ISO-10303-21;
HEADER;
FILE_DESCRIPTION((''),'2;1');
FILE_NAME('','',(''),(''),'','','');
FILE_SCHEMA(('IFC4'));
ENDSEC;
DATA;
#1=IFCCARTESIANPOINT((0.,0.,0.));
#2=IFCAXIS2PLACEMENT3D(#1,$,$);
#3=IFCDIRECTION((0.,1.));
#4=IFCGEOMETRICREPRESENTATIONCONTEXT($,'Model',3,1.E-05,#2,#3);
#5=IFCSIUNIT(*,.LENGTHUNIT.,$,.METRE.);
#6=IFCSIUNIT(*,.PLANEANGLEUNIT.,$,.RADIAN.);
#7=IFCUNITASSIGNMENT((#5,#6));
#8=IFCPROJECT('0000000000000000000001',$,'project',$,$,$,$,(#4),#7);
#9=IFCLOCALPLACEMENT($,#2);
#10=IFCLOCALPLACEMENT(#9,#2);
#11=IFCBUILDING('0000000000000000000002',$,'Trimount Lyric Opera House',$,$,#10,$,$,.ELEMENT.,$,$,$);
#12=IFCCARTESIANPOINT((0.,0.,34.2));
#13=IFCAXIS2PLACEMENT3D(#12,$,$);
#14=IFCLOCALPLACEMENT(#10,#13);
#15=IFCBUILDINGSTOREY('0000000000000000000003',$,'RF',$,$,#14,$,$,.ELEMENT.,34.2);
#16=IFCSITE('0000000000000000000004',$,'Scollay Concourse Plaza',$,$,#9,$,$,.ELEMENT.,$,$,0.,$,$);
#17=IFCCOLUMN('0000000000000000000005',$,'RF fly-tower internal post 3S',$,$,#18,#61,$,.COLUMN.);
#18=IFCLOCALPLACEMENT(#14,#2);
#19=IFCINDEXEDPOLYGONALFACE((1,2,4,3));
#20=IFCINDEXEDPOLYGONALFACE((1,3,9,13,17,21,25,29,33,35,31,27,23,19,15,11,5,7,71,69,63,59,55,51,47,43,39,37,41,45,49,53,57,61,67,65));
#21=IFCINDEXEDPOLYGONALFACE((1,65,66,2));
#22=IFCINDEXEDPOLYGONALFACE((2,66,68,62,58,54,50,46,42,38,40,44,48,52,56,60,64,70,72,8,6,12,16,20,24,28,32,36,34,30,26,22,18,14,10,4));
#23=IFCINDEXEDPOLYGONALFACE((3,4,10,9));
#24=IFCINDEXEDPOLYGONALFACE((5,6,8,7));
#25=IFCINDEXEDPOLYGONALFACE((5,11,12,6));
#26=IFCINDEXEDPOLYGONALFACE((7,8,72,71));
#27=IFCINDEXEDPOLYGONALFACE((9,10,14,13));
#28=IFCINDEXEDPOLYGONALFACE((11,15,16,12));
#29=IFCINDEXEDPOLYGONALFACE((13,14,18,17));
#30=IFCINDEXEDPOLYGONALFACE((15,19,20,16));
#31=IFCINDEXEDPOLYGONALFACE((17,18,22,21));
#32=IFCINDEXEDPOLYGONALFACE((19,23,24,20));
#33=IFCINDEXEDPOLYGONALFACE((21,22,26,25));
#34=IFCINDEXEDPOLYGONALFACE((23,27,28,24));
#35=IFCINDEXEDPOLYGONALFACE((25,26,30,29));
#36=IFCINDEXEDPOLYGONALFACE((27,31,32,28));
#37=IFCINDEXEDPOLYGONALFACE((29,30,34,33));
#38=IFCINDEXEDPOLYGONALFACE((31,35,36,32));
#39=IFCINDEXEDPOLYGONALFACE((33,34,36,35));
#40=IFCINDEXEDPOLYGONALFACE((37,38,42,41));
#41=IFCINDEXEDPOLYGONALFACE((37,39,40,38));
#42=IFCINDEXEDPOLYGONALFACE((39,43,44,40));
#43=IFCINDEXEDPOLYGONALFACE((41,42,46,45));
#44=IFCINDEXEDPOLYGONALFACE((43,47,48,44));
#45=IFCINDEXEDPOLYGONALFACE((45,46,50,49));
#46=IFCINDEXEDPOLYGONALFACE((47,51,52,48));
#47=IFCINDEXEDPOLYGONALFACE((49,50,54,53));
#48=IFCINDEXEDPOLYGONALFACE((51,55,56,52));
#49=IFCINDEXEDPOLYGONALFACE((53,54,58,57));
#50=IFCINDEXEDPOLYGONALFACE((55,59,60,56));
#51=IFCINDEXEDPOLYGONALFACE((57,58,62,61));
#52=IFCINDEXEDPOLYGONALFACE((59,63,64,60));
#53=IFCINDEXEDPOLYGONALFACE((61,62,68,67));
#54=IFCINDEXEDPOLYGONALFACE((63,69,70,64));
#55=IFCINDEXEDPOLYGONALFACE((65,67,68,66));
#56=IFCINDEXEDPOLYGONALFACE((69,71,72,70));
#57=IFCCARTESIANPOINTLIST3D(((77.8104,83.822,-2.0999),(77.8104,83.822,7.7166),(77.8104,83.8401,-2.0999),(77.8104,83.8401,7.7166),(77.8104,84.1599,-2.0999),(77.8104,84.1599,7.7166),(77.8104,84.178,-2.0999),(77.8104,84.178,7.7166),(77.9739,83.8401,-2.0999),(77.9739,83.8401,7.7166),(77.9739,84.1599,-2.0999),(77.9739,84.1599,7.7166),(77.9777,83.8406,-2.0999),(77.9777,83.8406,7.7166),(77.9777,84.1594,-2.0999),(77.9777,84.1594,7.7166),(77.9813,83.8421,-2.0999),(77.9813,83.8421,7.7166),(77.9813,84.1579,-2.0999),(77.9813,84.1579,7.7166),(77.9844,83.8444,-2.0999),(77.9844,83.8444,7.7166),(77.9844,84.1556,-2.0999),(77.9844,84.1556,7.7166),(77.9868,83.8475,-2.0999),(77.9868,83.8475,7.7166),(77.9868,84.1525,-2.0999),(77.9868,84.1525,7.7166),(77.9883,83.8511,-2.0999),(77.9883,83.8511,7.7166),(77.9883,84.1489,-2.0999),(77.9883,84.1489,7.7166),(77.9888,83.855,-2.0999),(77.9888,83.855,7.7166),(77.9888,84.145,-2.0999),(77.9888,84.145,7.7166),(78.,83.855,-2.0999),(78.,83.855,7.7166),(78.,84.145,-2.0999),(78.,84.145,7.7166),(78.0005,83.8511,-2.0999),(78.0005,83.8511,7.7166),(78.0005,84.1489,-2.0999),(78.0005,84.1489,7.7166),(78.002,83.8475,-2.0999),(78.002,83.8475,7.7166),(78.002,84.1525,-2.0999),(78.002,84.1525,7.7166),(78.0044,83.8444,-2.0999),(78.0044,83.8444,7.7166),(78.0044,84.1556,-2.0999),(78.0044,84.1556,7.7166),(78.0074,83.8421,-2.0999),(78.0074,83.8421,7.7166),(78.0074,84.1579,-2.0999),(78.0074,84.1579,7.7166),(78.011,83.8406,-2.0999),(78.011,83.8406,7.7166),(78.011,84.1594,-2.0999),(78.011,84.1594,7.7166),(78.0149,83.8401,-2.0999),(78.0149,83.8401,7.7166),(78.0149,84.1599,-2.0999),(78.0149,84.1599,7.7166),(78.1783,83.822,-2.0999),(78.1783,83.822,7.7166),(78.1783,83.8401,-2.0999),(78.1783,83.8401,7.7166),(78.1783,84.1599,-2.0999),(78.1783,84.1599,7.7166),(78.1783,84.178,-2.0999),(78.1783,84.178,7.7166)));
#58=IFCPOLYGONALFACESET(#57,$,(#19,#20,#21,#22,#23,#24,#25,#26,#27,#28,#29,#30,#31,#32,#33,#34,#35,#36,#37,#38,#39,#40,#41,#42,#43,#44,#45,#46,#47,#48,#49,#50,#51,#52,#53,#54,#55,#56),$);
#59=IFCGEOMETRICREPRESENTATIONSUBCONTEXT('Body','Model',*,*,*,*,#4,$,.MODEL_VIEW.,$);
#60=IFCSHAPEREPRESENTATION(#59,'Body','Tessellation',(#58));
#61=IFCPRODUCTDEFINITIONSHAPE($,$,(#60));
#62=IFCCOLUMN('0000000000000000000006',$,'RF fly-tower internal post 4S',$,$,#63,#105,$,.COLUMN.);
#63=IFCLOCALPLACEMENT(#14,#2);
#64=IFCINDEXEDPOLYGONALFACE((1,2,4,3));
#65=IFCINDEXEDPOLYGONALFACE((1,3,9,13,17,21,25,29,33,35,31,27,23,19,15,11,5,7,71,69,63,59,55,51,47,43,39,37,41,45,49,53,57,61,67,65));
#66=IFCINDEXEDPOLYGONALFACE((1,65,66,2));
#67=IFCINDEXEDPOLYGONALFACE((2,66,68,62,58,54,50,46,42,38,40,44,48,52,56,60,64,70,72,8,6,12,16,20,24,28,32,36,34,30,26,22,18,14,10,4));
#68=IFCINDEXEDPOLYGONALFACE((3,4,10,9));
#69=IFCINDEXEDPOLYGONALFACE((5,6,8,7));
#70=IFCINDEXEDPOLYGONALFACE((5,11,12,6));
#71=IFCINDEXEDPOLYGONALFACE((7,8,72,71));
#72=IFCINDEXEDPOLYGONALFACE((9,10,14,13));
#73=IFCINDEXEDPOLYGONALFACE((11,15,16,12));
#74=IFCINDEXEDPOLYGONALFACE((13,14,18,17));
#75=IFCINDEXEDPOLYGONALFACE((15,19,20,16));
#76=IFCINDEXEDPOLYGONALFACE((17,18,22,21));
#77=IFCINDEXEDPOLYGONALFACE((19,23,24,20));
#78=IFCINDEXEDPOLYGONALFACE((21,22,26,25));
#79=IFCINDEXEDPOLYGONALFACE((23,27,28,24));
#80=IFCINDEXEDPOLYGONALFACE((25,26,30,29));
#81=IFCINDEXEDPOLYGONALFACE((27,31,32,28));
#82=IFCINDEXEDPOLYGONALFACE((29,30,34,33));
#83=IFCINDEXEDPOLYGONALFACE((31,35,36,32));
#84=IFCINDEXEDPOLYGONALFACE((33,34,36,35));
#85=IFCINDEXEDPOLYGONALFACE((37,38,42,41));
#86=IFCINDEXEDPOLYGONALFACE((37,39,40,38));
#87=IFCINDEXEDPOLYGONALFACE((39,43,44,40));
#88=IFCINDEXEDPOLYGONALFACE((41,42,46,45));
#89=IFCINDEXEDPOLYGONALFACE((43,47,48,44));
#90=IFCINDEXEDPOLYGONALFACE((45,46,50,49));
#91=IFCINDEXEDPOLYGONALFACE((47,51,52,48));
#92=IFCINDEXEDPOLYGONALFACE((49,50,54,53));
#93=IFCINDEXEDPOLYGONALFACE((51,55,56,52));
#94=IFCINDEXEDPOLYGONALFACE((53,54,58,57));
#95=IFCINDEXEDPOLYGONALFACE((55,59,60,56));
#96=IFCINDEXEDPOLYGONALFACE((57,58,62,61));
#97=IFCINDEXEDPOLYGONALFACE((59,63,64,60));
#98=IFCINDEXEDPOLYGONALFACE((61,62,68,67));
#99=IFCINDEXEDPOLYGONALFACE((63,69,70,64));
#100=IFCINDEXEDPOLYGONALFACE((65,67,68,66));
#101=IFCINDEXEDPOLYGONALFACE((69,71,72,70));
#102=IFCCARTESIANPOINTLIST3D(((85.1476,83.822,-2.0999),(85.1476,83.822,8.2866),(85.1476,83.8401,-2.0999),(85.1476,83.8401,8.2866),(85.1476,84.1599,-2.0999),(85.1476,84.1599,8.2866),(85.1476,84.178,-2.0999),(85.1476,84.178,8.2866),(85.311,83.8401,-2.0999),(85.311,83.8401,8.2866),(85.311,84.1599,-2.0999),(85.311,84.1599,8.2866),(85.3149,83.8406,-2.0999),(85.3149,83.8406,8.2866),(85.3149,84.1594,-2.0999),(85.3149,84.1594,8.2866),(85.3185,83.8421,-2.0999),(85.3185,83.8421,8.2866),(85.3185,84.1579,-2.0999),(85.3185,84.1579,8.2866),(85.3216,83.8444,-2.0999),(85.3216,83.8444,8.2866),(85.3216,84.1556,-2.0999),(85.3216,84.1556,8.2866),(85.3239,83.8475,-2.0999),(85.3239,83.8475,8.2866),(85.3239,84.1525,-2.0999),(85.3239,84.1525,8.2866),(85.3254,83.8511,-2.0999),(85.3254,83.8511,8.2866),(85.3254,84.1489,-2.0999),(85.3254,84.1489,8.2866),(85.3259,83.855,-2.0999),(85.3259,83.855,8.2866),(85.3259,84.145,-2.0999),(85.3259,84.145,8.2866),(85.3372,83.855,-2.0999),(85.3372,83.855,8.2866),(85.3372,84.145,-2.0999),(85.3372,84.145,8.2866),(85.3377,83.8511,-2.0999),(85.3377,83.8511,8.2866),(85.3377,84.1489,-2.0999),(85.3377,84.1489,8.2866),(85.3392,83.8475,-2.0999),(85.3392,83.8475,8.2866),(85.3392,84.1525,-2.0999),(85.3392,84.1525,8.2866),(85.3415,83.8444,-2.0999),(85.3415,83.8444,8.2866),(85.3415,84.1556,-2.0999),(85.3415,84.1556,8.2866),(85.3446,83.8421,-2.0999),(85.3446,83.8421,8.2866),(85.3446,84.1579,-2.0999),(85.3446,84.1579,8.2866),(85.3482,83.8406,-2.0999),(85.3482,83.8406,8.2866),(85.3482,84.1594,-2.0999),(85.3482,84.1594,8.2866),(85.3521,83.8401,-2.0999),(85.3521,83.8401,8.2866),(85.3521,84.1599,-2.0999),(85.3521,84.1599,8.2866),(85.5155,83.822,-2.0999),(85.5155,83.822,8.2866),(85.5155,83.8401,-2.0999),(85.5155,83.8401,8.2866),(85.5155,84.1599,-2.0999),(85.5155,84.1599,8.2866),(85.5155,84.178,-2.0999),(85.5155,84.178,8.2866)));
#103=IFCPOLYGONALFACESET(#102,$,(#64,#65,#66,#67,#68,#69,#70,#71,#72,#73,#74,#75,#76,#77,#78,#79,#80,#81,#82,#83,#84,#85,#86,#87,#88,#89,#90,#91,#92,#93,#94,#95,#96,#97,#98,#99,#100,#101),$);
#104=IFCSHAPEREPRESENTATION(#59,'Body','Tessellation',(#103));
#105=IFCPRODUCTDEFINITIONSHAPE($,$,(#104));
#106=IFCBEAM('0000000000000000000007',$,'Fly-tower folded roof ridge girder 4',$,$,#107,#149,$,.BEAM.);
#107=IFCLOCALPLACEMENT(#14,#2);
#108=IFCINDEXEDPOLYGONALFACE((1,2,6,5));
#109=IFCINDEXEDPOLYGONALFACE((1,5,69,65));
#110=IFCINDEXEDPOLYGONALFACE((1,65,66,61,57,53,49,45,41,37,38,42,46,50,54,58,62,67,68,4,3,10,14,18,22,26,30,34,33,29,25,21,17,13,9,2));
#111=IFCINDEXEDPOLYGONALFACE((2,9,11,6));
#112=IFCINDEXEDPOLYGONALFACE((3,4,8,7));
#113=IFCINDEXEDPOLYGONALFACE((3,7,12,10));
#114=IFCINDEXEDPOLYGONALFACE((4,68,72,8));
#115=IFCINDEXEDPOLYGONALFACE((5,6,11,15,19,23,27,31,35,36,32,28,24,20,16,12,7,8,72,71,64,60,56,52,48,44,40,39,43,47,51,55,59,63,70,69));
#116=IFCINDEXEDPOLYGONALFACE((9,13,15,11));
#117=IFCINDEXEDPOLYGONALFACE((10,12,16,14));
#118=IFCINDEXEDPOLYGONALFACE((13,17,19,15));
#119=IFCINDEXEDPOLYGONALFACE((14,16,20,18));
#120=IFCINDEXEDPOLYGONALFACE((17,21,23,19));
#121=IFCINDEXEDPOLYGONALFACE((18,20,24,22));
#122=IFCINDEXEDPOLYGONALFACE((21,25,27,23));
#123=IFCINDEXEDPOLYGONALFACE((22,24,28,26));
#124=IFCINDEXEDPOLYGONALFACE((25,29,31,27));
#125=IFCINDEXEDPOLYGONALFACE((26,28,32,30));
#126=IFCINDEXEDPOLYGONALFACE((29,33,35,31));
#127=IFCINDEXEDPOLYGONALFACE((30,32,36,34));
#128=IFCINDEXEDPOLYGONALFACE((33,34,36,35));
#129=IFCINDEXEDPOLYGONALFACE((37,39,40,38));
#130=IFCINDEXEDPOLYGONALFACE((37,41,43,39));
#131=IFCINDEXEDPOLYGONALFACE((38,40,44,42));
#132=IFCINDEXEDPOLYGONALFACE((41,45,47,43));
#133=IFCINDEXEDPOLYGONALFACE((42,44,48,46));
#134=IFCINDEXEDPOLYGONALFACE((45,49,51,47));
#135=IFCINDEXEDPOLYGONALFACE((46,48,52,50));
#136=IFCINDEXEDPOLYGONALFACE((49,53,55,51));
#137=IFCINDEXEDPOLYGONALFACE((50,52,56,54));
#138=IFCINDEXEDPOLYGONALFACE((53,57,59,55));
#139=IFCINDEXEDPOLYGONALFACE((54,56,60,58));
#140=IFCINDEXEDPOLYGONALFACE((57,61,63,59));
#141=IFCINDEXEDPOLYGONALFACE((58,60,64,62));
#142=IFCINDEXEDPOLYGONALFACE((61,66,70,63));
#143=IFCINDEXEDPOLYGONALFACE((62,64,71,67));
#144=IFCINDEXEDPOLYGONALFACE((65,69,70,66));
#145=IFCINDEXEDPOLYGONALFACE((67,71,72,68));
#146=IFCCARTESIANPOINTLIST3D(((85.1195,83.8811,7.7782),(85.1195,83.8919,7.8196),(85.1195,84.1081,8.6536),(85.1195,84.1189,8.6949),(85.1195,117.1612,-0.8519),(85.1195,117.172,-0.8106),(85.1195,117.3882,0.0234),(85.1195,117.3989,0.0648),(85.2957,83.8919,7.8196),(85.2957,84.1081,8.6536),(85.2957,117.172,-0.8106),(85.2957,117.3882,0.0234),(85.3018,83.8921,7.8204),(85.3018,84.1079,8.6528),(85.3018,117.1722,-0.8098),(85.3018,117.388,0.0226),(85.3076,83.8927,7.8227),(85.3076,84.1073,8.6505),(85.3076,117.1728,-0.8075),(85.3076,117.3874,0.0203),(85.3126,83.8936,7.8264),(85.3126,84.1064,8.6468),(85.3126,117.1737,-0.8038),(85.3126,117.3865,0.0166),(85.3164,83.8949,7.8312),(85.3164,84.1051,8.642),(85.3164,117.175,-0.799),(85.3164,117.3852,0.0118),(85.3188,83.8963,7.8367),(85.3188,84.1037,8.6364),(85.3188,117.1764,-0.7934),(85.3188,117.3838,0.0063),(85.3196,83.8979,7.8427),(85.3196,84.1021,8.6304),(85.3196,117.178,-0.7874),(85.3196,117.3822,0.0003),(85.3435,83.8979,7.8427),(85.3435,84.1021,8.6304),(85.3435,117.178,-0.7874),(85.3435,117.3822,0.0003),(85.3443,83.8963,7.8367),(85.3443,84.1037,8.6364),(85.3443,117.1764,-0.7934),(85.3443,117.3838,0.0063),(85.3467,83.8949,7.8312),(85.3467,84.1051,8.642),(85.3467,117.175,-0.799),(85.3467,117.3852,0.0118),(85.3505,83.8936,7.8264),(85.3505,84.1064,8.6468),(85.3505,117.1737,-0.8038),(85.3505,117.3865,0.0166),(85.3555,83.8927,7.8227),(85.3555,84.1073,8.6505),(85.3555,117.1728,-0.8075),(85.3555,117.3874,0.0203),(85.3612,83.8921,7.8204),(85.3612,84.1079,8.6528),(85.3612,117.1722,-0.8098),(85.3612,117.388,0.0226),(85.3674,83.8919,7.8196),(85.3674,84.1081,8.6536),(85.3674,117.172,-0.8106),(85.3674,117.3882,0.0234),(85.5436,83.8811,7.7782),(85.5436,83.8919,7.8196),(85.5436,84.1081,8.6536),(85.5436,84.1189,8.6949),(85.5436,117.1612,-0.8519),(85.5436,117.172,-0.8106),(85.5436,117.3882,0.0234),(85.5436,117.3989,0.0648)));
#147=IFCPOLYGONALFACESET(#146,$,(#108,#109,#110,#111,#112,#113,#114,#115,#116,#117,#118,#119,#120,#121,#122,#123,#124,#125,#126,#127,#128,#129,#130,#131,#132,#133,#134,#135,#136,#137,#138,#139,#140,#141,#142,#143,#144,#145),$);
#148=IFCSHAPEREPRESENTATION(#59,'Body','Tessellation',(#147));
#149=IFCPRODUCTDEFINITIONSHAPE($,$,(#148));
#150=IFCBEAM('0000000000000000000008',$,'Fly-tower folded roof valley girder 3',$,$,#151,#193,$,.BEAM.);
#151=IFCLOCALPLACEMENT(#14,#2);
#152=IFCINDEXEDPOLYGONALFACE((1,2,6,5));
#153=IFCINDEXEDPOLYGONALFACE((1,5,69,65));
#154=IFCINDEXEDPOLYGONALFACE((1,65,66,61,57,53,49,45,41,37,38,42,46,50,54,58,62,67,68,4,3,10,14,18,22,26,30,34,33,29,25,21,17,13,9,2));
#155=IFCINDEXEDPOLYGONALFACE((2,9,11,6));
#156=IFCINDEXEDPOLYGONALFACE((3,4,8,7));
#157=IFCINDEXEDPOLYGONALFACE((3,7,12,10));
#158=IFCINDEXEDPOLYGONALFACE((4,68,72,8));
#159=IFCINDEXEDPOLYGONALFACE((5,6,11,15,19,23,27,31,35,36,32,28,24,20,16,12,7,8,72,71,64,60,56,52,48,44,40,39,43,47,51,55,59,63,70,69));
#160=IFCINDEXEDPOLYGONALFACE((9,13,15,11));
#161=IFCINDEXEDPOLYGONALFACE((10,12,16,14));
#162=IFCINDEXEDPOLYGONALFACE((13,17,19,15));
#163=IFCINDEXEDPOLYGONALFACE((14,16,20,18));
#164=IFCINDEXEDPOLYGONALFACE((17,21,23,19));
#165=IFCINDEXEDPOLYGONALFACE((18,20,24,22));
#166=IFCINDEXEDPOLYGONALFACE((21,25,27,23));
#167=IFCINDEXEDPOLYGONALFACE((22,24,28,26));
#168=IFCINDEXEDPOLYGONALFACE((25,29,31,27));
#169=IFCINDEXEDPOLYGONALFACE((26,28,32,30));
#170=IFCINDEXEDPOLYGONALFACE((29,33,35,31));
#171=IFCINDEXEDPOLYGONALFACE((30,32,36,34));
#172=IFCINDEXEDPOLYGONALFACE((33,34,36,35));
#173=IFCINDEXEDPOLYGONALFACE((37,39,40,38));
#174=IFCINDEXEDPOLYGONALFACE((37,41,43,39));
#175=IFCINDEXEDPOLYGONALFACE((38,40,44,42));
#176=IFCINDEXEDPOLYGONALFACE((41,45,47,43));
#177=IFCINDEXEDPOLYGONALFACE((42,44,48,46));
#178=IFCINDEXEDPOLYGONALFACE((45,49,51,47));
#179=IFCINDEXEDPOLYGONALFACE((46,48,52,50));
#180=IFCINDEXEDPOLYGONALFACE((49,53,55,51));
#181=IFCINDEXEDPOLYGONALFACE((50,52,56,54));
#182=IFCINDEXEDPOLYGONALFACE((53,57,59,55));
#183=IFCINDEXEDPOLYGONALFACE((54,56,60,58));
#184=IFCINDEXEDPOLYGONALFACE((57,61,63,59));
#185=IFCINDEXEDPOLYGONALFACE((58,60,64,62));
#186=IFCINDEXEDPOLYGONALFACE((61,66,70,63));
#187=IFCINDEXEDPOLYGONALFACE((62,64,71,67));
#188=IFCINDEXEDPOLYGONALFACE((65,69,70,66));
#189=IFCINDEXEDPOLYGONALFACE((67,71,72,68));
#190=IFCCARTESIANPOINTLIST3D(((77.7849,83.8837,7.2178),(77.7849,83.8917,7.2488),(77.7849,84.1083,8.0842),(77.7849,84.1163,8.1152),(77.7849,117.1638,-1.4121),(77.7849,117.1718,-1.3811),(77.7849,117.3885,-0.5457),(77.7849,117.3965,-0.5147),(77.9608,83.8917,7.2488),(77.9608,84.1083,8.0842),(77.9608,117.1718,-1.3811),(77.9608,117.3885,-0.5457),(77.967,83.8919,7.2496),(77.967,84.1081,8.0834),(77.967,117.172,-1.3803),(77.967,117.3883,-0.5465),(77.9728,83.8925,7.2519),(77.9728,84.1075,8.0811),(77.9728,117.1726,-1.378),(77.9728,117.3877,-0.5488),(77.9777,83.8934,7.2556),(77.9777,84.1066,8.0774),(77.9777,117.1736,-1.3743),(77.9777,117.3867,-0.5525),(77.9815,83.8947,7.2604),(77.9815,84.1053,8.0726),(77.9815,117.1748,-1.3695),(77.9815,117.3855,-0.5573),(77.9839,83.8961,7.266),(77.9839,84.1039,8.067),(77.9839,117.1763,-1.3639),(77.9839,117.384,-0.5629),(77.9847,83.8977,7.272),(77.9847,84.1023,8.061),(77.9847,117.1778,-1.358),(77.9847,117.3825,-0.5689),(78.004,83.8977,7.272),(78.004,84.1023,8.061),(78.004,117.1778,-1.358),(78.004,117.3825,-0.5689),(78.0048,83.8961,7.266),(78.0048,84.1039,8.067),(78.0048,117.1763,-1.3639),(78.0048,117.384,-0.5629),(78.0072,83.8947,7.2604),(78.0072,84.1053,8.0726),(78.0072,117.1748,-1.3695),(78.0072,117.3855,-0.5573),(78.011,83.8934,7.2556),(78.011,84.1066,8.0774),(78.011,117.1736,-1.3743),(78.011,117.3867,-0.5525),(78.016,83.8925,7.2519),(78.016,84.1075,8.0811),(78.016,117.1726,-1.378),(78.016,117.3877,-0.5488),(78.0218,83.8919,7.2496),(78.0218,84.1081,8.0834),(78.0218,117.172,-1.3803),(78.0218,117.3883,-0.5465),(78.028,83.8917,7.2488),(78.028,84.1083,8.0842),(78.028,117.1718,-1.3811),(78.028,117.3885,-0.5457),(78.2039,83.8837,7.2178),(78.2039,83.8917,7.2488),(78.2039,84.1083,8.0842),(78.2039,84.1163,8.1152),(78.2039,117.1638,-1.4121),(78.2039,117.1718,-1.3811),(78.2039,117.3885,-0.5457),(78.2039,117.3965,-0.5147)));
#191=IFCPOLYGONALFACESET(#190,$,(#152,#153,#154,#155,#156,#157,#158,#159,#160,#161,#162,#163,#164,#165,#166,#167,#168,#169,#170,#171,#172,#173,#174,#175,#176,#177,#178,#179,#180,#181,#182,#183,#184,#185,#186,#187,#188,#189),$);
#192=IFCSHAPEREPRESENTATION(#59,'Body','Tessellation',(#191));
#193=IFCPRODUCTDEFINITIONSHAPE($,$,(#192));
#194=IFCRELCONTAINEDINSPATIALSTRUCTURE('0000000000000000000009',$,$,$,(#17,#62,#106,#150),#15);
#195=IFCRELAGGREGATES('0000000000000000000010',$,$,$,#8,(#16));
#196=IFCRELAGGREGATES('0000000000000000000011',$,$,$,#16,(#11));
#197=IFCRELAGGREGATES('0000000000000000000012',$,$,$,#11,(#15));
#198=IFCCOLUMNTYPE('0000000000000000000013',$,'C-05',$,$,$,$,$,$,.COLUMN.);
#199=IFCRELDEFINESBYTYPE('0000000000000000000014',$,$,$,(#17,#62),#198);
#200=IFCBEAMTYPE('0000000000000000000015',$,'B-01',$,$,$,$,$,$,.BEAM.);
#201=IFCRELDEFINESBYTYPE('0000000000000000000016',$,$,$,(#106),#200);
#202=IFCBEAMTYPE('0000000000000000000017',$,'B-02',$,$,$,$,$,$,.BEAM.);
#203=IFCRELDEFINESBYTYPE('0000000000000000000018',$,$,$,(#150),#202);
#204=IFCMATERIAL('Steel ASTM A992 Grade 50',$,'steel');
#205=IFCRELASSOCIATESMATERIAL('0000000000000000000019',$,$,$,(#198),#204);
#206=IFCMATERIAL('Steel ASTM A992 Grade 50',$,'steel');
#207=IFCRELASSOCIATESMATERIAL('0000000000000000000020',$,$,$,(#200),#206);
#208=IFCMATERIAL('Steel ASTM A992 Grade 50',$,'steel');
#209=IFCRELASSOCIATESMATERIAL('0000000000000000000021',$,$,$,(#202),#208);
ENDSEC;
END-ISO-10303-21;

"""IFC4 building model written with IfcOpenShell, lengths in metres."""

from ifc_helpers import new_model, si_unit, direction, frame, origin, origin_2d, place, context, subcontext, project, spatial, i_section, extrude, material, material_profile, profile_set, type_object, element, save


model = new_model("IFC4")

# Units and contexts
model_context = context("Model", 3, precision=1e-05, world=origin(), true_north=direction((0.0, 1.0)))
body_context = subcontext(model_context, "Body", "Model", "MODEL_VIEW")
ifc_project = project(units=[si_unit("LENGTHUNIT", "METRE"), si_unit("PLANEANGLEUNIT", "RADIAN")], contexts=[model_context])

# Site, building, storey
site_placement = place(None, origin())
site = spatial("IfcSite", under=ifc_project, at=site_placement, Name="Scollay Concourse Plaza", CompositionType="ELEMENT", RefElevation=0.0)
building_placement = place(site_placement, origin())
building = spatial("IfcBuilding", under=site, at=building_placement, Name="Trimount Lyric Opera House", CompositionType="ELEMENT")
storey_placement = place(building_placement, frame((0.0, 0.0, 34.2)))
storey = spatial("IfcBuildingStorey", under=building, at=storey_placement, Name="RF", CompositionType="ELEMENT", Elevation=34.2)

# Columns
ifc_material_1 = material(Name="Steel ASTM A992 Grade 50", Category="steel")
ifc_material_profile_1 = material_profile(ifc_material_1, i_section(OverallWidth=0.3679, OverallDepth=0.356, WebThickness=0.0112, FlangeThickness=0.0181, FilletRadius=0.0149, at=origin_2d()), Name="W14X90")
ifc_profile_set_1 = profile_set([ifc_material_profile_1], Name="Steel ASTM A992 Grade 50")
column_type = type_object("IfcColumnType", Name="C-05", PredefinedType="COLUMN", material=ifc_profile_set_1)
column_1_placement = place(storey_placement, frame((77.9944, 84.0, -2.0999), z_axis=(0.0, 0.0, 1.0), x_axis=(1.0, 0.0, 0.0)))
element("IfcColumn", 1, at=column_1_placement, inside=storey, type_object=column_type, Name="RF fly-tower internal post 3S", PredefinedType="COLUMN", context=body_context, shape_type="SweptSolid", body=[
    extrude(i_section(OverallWidth=0.3679, OverallDepth=0.356, WebThickness=0.0112, FlangeThickness=0.0181, FilletRadius=0.0149, at=origin_2d()), origin(), (0.0, 0.0, 1.0), 9.8164),
])
column_2_placement = place(storey_placement, frame((85.3315, 84.0, -2.0999), z_axis=(0.0, 0.0, 1.0), x_axis=(1.0, 0.0, 0.0)))
element("IfcColumn", 2, at=column_2_placement, inside=storey, type_object=column_type, Name="RF fly-tower internal post 4S", PredefinedType="COLUMN", context=body_context, shape_type="SweptSolid", body=[
    extrude(i_section(OverallWidth=0.3679, OverallDepth=0.356, WebThickness=0.0112, FlangeThickness=0.0181, FilletRadius=0.0149, at=origin_2d()), origin(), (0.0, 0.0, 1.0), 10.3865),
])

# Beams
ifc_material_2 = material(Name="Steel ASTM A992 Grade 50", Category="steel")
ifc_material_profile_2 = material_profile(ifc_material_2, i_section(OverallWidth=0.4241, OverallDepth=0.947, WebThickness=0.0239, FlangeThickness=0.0427, FilletRadius=0.0239, at=origin_2d()), Name="W36X302")
ifc_profile_set_2 = profile_set([ifc_material_profile_2], Name="Steel ASTM A992 Grade 50")
beam_type_1 = type_object("IfcBeamType", Name="B-01", PredefinedType="BEAM", material=ifc_profile_set_2)
beam_1_placement = place(storey_placement, frame((85.3315, 84.0, 8.2366), z_axis=(0.0, 0.967983, -0.251016), x_axis=(-1.0, 0.0, 0.0)))
element("IfcBeam", 3, at=beam_1_placement, inside=storey, type_object=beam_type_1, Name="Fly-tower folded roof ridge girder 4", PredefinedType="BEAM", context=body_context, shape_type="SweptSolid", body=[
    extrude(i_section(OverallWidth=0.4241, OverallDepth=0.947, WebThickness=0.0239, FlangeThickness=0.0427, FilletRadius=0.0239, at=origin_2d()), origin(), (0.0, 0.0, 1.0), 34.3809),
])
ifc_material_3 = material(Name="Steel ASTM A992 Grade 50", Category="steel")
ifc_material_profile_3 = material_profile(ifc_material_3, i_section(OverallWidth=0.4189, OverallDepth=0.927, WebThickness=0.0193, FlangeThickness=0.032, FilletRadius=0.0239, at=origin_2d()), Name="W36X231")
ifc_profile_set_3 = profile_set([ifc_material_profile_3], Name="Steel ASTM A992 Grade 50")
beam_type_2 = type_object("IfcBeamType", Name="B-02", PredefinedType="BEAM", material=ifc_profile_set_3)
beam_2_placement = place(storey_placement, frame((77.9944, 84.0, 7.6665), z_axis=(0.0, 0.967985, -0.251009), x_axis=(-1.0, 0.0, 0.0)))
element("IfcBeam", 4, at=beam_2_placement, inside=storey, type_object=beam_type_2, Name="Fly-tower folded roof valley girder 3", PredefinedType="BEAM", context=body_context, shape_type="SweptSolid", body=[
    extrude(i_section(OverallWidth=0.4189, OverallDepth=0.927, WebThickness=0.0193, FlangeThickness=0.032, FilletRadius=0.0239, at=origin_2d()), origin(), (0.0, 0.0, 1.0), 34.3809),
])

save(model, "model.ifc")
